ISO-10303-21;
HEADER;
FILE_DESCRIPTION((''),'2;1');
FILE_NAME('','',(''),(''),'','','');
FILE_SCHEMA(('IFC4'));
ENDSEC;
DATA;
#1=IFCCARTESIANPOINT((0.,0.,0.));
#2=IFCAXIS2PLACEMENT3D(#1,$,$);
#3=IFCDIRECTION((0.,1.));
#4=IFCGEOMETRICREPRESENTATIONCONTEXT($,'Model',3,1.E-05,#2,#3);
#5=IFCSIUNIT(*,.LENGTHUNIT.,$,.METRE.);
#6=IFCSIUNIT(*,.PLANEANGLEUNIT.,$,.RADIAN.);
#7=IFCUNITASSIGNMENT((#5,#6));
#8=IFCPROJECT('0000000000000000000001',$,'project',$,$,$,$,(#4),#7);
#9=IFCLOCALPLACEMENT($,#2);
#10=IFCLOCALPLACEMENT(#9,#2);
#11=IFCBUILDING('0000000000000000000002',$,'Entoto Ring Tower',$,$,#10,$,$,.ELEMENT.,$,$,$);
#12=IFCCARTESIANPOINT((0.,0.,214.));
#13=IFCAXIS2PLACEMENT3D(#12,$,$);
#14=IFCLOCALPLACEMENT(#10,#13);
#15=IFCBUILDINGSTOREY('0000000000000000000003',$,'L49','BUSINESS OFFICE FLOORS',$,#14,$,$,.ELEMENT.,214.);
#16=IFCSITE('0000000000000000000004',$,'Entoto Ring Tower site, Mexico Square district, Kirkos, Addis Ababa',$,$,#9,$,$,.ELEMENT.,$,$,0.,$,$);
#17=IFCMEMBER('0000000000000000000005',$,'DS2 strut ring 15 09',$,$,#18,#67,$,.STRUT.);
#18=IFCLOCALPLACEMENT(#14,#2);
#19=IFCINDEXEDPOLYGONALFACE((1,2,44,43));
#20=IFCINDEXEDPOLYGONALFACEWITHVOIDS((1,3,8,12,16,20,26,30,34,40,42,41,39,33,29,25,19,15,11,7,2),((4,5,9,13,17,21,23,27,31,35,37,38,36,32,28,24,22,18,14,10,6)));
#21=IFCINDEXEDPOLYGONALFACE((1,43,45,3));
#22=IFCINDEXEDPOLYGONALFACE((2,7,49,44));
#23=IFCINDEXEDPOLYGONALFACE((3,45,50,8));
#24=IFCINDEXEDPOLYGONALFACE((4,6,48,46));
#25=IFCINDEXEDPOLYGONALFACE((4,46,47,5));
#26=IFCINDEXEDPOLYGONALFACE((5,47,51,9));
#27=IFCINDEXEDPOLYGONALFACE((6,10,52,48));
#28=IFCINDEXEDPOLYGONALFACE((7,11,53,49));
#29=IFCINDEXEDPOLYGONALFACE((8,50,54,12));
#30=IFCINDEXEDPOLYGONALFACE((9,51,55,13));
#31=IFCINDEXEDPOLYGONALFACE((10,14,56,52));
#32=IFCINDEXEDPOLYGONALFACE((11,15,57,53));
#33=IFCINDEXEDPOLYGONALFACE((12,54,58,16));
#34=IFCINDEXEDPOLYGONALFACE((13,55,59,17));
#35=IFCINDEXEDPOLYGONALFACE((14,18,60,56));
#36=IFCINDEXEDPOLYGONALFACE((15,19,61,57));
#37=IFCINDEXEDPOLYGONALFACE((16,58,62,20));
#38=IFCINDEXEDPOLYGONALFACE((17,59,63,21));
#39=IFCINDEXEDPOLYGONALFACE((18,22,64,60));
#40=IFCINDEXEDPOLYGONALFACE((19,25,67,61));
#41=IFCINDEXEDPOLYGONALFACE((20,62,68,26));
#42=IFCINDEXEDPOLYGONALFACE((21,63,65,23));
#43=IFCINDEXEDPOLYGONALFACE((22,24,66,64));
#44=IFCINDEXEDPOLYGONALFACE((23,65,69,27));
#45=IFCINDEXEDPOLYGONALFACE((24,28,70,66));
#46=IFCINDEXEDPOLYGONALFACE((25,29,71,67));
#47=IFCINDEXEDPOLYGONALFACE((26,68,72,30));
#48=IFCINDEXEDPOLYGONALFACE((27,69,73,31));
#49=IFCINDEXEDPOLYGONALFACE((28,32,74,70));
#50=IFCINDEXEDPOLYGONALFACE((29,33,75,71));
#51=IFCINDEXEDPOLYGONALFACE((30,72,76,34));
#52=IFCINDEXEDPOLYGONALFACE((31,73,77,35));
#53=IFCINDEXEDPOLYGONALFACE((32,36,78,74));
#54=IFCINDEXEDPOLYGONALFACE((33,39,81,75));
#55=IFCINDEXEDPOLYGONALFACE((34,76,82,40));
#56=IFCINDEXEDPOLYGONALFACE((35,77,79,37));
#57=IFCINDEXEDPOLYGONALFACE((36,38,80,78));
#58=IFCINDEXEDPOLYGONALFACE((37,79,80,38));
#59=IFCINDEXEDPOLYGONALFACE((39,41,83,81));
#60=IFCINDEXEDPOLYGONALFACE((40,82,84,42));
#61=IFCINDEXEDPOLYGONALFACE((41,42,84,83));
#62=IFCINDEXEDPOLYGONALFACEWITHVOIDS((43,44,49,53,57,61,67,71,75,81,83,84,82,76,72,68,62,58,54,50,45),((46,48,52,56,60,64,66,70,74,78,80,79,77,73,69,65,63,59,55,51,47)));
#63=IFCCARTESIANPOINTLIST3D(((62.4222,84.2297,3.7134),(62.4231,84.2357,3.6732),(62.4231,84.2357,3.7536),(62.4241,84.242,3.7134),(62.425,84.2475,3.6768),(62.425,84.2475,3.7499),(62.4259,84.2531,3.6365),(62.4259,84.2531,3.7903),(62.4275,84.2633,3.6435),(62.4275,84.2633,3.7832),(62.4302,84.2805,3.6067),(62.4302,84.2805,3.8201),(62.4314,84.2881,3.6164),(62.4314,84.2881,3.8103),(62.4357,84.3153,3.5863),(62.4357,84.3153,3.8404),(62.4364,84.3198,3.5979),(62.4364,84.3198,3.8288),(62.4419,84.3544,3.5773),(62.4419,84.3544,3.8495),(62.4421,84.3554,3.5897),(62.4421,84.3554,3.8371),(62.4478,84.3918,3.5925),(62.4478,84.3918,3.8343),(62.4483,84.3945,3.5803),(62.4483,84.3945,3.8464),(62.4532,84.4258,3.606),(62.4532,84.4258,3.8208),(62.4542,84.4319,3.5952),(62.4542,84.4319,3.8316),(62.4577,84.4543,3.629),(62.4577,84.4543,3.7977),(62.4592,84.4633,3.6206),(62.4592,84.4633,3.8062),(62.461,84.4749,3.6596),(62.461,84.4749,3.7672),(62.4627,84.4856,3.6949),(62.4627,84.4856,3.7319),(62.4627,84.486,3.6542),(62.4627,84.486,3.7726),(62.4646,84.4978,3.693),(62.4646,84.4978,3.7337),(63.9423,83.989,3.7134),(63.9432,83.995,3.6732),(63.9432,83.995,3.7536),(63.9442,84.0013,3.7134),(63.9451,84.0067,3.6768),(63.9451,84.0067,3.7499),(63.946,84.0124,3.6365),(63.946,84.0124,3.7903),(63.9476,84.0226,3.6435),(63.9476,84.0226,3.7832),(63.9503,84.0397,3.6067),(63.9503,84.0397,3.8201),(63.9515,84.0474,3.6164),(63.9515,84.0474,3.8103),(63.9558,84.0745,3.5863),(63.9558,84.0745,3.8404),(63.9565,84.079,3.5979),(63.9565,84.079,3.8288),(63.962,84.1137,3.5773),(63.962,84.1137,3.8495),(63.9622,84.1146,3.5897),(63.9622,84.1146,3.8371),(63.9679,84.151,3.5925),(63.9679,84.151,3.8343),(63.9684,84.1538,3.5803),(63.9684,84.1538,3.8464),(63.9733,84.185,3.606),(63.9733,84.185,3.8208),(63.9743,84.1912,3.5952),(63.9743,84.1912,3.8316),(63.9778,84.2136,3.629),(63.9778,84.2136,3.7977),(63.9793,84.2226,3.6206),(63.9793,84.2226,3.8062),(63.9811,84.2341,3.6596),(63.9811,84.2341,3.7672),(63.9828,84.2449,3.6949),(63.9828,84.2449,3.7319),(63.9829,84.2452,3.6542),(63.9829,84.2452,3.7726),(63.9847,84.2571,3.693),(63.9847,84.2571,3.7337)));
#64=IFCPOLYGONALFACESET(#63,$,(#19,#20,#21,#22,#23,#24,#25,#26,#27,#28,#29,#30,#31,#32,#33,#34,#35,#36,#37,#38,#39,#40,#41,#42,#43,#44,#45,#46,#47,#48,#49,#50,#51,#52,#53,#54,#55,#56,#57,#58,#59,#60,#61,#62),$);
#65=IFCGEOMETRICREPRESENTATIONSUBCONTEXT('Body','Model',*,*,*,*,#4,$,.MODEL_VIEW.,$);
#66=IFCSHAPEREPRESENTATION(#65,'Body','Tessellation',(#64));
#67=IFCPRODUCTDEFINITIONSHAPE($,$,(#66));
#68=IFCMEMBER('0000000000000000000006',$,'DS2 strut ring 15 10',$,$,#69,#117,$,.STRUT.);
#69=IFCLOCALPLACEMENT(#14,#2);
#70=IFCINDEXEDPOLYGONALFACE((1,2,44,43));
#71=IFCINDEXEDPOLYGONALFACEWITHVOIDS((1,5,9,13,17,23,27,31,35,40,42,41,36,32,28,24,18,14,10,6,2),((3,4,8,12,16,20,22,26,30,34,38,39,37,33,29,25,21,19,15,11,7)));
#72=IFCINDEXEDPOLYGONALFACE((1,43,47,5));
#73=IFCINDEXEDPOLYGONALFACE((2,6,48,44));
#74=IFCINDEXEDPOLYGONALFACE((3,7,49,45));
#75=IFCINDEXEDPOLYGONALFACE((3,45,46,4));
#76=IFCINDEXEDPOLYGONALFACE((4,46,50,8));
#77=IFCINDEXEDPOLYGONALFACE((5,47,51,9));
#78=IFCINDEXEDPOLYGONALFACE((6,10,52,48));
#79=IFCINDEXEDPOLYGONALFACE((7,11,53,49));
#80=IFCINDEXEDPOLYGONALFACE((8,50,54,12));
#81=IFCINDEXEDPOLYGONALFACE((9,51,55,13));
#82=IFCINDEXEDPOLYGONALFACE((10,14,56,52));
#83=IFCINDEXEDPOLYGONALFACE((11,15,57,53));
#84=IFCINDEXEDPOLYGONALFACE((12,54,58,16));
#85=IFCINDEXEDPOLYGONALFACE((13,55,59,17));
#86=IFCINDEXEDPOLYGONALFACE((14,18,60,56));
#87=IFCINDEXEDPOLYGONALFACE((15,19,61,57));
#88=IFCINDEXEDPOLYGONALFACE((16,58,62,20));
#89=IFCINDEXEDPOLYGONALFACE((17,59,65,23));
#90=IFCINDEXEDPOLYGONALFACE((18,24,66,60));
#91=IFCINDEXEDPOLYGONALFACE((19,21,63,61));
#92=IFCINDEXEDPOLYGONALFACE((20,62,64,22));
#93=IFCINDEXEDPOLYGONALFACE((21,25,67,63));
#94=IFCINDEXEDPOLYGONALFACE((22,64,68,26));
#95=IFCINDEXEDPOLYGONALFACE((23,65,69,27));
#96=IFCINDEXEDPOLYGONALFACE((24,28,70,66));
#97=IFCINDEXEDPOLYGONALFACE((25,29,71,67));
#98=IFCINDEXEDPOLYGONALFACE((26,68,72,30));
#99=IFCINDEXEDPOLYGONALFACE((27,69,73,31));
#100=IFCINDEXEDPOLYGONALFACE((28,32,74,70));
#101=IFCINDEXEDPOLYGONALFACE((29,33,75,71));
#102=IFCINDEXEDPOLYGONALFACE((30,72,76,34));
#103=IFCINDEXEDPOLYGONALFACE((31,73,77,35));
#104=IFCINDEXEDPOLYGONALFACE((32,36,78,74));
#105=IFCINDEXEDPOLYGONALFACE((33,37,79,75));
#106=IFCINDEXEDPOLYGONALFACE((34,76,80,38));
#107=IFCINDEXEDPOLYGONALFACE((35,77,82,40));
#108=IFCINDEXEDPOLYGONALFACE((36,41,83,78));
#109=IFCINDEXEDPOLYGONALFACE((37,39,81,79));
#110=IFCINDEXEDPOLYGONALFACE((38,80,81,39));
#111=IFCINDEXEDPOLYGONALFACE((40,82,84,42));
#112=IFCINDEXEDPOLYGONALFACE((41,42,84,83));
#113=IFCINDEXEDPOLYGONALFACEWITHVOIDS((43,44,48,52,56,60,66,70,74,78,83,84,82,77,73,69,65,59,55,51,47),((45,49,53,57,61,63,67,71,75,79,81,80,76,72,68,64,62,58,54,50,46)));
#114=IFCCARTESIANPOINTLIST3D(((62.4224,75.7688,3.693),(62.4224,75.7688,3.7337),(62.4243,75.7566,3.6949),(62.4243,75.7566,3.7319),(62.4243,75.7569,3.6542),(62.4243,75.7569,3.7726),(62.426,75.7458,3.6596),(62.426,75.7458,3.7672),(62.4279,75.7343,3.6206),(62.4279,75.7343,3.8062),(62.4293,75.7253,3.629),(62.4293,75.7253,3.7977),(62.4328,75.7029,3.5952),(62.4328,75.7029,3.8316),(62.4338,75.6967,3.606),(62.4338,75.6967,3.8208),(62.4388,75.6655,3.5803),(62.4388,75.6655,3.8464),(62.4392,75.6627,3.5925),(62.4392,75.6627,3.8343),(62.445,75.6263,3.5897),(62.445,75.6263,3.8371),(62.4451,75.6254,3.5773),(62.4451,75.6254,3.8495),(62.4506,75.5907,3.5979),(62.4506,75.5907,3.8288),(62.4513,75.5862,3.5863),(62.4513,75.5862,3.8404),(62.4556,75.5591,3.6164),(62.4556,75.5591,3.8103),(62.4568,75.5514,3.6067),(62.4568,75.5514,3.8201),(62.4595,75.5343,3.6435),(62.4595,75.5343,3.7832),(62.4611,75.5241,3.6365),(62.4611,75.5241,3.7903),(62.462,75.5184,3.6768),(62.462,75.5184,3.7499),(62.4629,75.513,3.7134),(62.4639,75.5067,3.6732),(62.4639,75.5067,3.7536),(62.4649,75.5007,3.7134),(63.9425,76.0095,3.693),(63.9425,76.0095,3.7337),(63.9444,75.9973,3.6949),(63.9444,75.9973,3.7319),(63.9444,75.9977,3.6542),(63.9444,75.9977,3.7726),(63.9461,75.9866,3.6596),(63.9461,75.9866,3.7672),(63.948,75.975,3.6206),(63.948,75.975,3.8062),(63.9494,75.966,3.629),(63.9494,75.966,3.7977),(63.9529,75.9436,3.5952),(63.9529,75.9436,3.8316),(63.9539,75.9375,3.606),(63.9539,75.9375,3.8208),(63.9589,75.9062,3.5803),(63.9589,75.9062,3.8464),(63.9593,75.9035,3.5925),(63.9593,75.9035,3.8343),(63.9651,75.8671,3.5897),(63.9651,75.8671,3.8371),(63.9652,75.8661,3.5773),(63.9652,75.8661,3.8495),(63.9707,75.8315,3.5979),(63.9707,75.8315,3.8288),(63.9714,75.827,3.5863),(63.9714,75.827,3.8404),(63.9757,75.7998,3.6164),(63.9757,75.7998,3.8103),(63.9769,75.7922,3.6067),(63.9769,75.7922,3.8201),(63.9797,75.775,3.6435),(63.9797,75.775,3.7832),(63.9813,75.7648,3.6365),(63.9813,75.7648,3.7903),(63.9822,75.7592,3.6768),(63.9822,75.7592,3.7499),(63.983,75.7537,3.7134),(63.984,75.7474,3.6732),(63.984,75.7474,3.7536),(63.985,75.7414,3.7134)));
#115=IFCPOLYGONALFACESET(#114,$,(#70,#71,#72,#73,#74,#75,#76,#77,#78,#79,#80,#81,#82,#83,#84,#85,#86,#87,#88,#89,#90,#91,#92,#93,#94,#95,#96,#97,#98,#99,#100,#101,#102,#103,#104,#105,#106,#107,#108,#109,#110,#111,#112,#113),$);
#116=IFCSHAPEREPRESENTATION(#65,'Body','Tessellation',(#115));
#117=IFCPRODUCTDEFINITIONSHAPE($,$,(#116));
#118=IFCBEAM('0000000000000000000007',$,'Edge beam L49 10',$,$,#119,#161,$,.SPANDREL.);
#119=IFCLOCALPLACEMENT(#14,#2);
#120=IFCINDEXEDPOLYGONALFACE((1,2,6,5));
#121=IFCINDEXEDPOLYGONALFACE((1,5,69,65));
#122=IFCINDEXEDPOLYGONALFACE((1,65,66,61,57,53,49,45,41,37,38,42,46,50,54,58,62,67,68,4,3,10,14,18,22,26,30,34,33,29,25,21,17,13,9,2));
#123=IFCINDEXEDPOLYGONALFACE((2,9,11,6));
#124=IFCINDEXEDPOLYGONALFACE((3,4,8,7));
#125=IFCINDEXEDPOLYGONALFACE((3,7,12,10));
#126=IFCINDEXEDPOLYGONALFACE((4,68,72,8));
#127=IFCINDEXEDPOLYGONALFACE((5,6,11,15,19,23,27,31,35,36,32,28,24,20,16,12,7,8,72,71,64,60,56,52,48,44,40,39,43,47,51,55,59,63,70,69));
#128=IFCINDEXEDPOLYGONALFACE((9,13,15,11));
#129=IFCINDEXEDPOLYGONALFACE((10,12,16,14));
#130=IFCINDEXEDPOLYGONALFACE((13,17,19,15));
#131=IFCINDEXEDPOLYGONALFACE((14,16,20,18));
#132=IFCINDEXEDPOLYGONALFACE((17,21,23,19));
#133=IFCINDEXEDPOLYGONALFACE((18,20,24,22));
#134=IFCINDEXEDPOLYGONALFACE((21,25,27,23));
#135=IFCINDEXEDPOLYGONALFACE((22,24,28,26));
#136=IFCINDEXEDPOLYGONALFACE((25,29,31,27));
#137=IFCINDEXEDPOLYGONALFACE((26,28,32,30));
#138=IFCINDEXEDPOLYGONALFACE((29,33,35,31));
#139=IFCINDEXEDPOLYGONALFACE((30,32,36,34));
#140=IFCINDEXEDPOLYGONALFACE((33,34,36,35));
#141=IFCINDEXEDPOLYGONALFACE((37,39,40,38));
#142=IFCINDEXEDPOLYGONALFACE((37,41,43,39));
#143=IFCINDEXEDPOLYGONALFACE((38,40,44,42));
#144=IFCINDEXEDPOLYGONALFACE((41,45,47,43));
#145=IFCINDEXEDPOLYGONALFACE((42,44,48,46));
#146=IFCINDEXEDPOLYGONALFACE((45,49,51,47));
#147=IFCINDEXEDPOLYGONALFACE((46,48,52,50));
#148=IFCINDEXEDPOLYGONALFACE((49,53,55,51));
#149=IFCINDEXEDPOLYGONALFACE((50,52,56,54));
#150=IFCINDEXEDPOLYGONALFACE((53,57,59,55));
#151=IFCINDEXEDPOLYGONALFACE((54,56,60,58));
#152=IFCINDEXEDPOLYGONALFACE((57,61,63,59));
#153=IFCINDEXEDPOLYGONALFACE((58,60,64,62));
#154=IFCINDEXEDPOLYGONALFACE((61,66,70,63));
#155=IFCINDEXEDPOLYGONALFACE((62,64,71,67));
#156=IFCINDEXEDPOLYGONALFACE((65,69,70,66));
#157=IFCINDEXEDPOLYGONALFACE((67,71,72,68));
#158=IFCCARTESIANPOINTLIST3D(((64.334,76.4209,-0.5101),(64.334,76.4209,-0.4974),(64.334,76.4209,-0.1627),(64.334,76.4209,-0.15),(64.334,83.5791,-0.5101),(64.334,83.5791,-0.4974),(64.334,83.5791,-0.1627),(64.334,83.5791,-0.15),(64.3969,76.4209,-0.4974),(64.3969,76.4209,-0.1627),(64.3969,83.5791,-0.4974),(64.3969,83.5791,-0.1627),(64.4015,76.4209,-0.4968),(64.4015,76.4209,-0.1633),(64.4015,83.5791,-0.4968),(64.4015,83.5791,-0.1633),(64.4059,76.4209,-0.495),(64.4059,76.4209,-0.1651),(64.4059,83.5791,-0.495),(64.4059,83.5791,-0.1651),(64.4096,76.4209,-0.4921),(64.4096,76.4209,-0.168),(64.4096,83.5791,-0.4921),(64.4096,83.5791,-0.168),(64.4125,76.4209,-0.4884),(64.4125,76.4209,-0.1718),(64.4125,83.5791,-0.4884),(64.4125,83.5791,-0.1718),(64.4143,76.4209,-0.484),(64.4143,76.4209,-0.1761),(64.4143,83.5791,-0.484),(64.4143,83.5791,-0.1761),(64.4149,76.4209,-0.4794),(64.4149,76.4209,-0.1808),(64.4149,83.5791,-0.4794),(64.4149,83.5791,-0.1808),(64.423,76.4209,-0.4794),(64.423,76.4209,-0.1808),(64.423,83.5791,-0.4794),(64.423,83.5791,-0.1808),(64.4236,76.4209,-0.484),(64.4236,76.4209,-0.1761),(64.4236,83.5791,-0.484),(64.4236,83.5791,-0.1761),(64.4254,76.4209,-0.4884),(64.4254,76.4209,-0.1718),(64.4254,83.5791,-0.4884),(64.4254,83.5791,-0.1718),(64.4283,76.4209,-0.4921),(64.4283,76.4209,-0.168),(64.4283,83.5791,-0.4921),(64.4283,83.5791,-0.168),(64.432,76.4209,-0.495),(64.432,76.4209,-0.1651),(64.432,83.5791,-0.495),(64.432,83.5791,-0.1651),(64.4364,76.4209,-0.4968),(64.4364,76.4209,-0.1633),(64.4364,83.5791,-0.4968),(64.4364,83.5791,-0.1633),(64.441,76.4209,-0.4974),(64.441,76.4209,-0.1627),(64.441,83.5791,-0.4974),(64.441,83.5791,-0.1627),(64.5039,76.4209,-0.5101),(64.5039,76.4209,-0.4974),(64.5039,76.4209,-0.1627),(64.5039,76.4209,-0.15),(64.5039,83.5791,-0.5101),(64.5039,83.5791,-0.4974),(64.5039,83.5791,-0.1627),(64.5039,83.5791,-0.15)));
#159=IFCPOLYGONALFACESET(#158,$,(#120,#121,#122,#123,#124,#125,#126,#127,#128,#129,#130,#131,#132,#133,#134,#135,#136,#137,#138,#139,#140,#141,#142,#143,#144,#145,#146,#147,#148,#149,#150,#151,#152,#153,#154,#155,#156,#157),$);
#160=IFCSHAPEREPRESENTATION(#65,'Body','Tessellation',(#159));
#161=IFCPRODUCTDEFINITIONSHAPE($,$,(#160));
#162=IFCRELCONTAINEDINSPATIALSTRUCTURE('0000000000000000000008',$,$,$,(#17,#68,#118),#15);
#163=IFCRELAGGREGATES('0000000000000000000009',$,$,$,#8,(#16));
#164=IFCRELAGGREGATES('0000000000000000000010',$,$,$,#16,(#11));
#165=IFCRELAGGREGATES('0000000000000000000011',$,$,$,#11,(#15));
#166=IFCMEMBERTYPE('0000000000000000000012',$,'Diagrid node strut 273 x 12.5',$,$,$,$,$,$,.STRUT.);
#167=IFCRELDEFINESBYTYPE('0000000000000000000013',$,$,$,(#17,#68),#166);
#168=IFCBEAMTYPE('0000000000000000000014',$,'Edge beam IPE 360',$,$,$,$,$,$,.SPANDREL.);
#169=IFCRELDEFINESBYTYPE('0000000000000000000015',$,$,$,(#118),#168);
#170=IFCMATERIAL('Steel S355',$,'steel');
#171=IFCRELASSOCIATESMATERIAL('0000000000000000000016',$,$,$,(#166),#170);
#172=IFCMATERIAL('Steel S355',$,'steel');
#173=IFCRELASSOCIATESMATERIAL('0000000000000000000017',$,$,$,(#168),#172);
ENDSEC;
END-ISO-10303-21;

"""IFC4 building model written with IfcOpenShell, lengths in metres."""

from ifc_helpers import new_model, si_unit, direction, frame, origin, origin_2d, place, context, subcontext, project, spatial, circle, hollow_circle, i_section, extrude, material, material_profile, profile_set, type_object, element, save


model = new_model("IFC4")

# Units and contexts
model_context = context("Model", 3, precision=1e-05, world=origin(), true_north=direction((0.0, 1.0)))
body_context = subcontext(model_context, "Body", "Model", "MODEL_VIEW")
ifc_project = project(units=[si_unit("LENGTHUNIT", "METRE"), si_unit("PLANEANGLEUNIT", "RADIAN")], contexts=[model_context])

# Site, building, storey
site_placement = place(None, origin())
site = spatial("IfcSite", under=ifc_project, at=site_placement, Name="Entoto Ring Tower site, Mexico Square district, Kirkos, Addis Ababa", CompositionType="ELEMENT", RefElevation=0.0)
building_placement = place(site_placement, origin())
building = spatial("IfcBuilding", under=site, at=building_placement, Name="Entoto Ring Tower", CompositionType="ELEMENT")
storey_placement = place(building_placement, frame((0.0, 0.0, 214.0)))
storey = spatial("IfcBuildingStorey", under=building, at=storey_placement, Name="L49", Description="BUSINESS OFFICE FLOORS", CompositionType="ELEMENT", Elevation=214.0)

# Members
ifc_material_1 = material(Name="Steel S355", Category="steel")
ifc_material_profile_1 = material_profile(ifc_material_1, hollow_circle(Radius=0.1365, WallThickness=0.0125, at=origin_2d()), Name="CHS 273 x 12.5")
ifc_material_2 = material(Name="Concrete C60/75", Category="concrete")
ifc_material_profile_2 = material_profile(ifc_material_2, circle(Radius=0.124, at=origin_2d()), Name="Concrete C60/75 infill")
ifc_profile_set_1 = profile_set([ifc_material_profile_1, ifc_material_profile_2], Name="Steel S355")
member_type = type_object("IfcMemberType", Name="Diagrid node strut 273 x 12.5", PredefinedType="STRUT", material=ifc_profile_set_1)
for number, where, z_axis, x_axis, name in (
    (1, (63.9636, 84.1238, 3.7134), (-0.987691, 0.156419, 0.0), (-0.156419, -0.987691, 0.0), "DS2 strut ring 15 09"),
    (2, (63.9636, 75.8762, 3.7134), (-0.987691, -0.156419, 0.0), (0.156419, -0.987691, 0.0), "DS2 strut ring 15 10"),
):
    element("IfcMember", number, at=place(storey_placement, frame(where, z_axis=z_axis, x_axis=x_axis)), inside=storey, type_object=member_type, Name=name, PredefinedType="STRUT", context=body_context, shape_type="SweptSolid", body=[
        extrude(hollow_circle(Radius=0.1365, WallThickness=0.0125, at=origin_2d()), origin(), (0.0, 0.0, 1.0), 1.5391),
    ])

# Beam
ifc_material_3 = material(Name="Steel S355", Category="steel")
ifc_material_profile_3 = material_profile(ifc_material_3, i_section(OverallWidth=0.1699, OverallDepth=0.3601, WebThickness=0.0081, FlangeThickness=0.0127, FilletRadius=0.0181, at=origin_2d()), Name="IPE 360")
ifc_profile_set_2 = profile_set([ifc_material_profile_3], Name="Steel S355")
beam_type_1 = type_object("IfcBeamType", Name="Edge beam IPE 360", PredefinedType="SPANDREL", material=ifc_profile_set_2)
beam_1_placement = place(storey_placement, frame((64.4189, 83.5791, -0.3301), z_axis=(0.0, -1.0, 0.0), x_axis=(1.0, 0.0, 0.0)))
element("IfcBeam", 3, at=beam_1_placement, inside=storey, type_object=beam_type_1, Name="Edge beam L49 10", PredefinedType="SPANDREL", context=body_context, shape_type="SweptSolid", body=[
    extrude(i_section(OverallWidth=0.1699, OverallDepth=0.3601, WebThickness=0.0081, FlangeThickness=0.0127, FilletRadius=0.0181, at=origin_2d()), origin(), (0.0, 0.0, 1.0), 7.1582),
])

save(model, "model.ifc")
